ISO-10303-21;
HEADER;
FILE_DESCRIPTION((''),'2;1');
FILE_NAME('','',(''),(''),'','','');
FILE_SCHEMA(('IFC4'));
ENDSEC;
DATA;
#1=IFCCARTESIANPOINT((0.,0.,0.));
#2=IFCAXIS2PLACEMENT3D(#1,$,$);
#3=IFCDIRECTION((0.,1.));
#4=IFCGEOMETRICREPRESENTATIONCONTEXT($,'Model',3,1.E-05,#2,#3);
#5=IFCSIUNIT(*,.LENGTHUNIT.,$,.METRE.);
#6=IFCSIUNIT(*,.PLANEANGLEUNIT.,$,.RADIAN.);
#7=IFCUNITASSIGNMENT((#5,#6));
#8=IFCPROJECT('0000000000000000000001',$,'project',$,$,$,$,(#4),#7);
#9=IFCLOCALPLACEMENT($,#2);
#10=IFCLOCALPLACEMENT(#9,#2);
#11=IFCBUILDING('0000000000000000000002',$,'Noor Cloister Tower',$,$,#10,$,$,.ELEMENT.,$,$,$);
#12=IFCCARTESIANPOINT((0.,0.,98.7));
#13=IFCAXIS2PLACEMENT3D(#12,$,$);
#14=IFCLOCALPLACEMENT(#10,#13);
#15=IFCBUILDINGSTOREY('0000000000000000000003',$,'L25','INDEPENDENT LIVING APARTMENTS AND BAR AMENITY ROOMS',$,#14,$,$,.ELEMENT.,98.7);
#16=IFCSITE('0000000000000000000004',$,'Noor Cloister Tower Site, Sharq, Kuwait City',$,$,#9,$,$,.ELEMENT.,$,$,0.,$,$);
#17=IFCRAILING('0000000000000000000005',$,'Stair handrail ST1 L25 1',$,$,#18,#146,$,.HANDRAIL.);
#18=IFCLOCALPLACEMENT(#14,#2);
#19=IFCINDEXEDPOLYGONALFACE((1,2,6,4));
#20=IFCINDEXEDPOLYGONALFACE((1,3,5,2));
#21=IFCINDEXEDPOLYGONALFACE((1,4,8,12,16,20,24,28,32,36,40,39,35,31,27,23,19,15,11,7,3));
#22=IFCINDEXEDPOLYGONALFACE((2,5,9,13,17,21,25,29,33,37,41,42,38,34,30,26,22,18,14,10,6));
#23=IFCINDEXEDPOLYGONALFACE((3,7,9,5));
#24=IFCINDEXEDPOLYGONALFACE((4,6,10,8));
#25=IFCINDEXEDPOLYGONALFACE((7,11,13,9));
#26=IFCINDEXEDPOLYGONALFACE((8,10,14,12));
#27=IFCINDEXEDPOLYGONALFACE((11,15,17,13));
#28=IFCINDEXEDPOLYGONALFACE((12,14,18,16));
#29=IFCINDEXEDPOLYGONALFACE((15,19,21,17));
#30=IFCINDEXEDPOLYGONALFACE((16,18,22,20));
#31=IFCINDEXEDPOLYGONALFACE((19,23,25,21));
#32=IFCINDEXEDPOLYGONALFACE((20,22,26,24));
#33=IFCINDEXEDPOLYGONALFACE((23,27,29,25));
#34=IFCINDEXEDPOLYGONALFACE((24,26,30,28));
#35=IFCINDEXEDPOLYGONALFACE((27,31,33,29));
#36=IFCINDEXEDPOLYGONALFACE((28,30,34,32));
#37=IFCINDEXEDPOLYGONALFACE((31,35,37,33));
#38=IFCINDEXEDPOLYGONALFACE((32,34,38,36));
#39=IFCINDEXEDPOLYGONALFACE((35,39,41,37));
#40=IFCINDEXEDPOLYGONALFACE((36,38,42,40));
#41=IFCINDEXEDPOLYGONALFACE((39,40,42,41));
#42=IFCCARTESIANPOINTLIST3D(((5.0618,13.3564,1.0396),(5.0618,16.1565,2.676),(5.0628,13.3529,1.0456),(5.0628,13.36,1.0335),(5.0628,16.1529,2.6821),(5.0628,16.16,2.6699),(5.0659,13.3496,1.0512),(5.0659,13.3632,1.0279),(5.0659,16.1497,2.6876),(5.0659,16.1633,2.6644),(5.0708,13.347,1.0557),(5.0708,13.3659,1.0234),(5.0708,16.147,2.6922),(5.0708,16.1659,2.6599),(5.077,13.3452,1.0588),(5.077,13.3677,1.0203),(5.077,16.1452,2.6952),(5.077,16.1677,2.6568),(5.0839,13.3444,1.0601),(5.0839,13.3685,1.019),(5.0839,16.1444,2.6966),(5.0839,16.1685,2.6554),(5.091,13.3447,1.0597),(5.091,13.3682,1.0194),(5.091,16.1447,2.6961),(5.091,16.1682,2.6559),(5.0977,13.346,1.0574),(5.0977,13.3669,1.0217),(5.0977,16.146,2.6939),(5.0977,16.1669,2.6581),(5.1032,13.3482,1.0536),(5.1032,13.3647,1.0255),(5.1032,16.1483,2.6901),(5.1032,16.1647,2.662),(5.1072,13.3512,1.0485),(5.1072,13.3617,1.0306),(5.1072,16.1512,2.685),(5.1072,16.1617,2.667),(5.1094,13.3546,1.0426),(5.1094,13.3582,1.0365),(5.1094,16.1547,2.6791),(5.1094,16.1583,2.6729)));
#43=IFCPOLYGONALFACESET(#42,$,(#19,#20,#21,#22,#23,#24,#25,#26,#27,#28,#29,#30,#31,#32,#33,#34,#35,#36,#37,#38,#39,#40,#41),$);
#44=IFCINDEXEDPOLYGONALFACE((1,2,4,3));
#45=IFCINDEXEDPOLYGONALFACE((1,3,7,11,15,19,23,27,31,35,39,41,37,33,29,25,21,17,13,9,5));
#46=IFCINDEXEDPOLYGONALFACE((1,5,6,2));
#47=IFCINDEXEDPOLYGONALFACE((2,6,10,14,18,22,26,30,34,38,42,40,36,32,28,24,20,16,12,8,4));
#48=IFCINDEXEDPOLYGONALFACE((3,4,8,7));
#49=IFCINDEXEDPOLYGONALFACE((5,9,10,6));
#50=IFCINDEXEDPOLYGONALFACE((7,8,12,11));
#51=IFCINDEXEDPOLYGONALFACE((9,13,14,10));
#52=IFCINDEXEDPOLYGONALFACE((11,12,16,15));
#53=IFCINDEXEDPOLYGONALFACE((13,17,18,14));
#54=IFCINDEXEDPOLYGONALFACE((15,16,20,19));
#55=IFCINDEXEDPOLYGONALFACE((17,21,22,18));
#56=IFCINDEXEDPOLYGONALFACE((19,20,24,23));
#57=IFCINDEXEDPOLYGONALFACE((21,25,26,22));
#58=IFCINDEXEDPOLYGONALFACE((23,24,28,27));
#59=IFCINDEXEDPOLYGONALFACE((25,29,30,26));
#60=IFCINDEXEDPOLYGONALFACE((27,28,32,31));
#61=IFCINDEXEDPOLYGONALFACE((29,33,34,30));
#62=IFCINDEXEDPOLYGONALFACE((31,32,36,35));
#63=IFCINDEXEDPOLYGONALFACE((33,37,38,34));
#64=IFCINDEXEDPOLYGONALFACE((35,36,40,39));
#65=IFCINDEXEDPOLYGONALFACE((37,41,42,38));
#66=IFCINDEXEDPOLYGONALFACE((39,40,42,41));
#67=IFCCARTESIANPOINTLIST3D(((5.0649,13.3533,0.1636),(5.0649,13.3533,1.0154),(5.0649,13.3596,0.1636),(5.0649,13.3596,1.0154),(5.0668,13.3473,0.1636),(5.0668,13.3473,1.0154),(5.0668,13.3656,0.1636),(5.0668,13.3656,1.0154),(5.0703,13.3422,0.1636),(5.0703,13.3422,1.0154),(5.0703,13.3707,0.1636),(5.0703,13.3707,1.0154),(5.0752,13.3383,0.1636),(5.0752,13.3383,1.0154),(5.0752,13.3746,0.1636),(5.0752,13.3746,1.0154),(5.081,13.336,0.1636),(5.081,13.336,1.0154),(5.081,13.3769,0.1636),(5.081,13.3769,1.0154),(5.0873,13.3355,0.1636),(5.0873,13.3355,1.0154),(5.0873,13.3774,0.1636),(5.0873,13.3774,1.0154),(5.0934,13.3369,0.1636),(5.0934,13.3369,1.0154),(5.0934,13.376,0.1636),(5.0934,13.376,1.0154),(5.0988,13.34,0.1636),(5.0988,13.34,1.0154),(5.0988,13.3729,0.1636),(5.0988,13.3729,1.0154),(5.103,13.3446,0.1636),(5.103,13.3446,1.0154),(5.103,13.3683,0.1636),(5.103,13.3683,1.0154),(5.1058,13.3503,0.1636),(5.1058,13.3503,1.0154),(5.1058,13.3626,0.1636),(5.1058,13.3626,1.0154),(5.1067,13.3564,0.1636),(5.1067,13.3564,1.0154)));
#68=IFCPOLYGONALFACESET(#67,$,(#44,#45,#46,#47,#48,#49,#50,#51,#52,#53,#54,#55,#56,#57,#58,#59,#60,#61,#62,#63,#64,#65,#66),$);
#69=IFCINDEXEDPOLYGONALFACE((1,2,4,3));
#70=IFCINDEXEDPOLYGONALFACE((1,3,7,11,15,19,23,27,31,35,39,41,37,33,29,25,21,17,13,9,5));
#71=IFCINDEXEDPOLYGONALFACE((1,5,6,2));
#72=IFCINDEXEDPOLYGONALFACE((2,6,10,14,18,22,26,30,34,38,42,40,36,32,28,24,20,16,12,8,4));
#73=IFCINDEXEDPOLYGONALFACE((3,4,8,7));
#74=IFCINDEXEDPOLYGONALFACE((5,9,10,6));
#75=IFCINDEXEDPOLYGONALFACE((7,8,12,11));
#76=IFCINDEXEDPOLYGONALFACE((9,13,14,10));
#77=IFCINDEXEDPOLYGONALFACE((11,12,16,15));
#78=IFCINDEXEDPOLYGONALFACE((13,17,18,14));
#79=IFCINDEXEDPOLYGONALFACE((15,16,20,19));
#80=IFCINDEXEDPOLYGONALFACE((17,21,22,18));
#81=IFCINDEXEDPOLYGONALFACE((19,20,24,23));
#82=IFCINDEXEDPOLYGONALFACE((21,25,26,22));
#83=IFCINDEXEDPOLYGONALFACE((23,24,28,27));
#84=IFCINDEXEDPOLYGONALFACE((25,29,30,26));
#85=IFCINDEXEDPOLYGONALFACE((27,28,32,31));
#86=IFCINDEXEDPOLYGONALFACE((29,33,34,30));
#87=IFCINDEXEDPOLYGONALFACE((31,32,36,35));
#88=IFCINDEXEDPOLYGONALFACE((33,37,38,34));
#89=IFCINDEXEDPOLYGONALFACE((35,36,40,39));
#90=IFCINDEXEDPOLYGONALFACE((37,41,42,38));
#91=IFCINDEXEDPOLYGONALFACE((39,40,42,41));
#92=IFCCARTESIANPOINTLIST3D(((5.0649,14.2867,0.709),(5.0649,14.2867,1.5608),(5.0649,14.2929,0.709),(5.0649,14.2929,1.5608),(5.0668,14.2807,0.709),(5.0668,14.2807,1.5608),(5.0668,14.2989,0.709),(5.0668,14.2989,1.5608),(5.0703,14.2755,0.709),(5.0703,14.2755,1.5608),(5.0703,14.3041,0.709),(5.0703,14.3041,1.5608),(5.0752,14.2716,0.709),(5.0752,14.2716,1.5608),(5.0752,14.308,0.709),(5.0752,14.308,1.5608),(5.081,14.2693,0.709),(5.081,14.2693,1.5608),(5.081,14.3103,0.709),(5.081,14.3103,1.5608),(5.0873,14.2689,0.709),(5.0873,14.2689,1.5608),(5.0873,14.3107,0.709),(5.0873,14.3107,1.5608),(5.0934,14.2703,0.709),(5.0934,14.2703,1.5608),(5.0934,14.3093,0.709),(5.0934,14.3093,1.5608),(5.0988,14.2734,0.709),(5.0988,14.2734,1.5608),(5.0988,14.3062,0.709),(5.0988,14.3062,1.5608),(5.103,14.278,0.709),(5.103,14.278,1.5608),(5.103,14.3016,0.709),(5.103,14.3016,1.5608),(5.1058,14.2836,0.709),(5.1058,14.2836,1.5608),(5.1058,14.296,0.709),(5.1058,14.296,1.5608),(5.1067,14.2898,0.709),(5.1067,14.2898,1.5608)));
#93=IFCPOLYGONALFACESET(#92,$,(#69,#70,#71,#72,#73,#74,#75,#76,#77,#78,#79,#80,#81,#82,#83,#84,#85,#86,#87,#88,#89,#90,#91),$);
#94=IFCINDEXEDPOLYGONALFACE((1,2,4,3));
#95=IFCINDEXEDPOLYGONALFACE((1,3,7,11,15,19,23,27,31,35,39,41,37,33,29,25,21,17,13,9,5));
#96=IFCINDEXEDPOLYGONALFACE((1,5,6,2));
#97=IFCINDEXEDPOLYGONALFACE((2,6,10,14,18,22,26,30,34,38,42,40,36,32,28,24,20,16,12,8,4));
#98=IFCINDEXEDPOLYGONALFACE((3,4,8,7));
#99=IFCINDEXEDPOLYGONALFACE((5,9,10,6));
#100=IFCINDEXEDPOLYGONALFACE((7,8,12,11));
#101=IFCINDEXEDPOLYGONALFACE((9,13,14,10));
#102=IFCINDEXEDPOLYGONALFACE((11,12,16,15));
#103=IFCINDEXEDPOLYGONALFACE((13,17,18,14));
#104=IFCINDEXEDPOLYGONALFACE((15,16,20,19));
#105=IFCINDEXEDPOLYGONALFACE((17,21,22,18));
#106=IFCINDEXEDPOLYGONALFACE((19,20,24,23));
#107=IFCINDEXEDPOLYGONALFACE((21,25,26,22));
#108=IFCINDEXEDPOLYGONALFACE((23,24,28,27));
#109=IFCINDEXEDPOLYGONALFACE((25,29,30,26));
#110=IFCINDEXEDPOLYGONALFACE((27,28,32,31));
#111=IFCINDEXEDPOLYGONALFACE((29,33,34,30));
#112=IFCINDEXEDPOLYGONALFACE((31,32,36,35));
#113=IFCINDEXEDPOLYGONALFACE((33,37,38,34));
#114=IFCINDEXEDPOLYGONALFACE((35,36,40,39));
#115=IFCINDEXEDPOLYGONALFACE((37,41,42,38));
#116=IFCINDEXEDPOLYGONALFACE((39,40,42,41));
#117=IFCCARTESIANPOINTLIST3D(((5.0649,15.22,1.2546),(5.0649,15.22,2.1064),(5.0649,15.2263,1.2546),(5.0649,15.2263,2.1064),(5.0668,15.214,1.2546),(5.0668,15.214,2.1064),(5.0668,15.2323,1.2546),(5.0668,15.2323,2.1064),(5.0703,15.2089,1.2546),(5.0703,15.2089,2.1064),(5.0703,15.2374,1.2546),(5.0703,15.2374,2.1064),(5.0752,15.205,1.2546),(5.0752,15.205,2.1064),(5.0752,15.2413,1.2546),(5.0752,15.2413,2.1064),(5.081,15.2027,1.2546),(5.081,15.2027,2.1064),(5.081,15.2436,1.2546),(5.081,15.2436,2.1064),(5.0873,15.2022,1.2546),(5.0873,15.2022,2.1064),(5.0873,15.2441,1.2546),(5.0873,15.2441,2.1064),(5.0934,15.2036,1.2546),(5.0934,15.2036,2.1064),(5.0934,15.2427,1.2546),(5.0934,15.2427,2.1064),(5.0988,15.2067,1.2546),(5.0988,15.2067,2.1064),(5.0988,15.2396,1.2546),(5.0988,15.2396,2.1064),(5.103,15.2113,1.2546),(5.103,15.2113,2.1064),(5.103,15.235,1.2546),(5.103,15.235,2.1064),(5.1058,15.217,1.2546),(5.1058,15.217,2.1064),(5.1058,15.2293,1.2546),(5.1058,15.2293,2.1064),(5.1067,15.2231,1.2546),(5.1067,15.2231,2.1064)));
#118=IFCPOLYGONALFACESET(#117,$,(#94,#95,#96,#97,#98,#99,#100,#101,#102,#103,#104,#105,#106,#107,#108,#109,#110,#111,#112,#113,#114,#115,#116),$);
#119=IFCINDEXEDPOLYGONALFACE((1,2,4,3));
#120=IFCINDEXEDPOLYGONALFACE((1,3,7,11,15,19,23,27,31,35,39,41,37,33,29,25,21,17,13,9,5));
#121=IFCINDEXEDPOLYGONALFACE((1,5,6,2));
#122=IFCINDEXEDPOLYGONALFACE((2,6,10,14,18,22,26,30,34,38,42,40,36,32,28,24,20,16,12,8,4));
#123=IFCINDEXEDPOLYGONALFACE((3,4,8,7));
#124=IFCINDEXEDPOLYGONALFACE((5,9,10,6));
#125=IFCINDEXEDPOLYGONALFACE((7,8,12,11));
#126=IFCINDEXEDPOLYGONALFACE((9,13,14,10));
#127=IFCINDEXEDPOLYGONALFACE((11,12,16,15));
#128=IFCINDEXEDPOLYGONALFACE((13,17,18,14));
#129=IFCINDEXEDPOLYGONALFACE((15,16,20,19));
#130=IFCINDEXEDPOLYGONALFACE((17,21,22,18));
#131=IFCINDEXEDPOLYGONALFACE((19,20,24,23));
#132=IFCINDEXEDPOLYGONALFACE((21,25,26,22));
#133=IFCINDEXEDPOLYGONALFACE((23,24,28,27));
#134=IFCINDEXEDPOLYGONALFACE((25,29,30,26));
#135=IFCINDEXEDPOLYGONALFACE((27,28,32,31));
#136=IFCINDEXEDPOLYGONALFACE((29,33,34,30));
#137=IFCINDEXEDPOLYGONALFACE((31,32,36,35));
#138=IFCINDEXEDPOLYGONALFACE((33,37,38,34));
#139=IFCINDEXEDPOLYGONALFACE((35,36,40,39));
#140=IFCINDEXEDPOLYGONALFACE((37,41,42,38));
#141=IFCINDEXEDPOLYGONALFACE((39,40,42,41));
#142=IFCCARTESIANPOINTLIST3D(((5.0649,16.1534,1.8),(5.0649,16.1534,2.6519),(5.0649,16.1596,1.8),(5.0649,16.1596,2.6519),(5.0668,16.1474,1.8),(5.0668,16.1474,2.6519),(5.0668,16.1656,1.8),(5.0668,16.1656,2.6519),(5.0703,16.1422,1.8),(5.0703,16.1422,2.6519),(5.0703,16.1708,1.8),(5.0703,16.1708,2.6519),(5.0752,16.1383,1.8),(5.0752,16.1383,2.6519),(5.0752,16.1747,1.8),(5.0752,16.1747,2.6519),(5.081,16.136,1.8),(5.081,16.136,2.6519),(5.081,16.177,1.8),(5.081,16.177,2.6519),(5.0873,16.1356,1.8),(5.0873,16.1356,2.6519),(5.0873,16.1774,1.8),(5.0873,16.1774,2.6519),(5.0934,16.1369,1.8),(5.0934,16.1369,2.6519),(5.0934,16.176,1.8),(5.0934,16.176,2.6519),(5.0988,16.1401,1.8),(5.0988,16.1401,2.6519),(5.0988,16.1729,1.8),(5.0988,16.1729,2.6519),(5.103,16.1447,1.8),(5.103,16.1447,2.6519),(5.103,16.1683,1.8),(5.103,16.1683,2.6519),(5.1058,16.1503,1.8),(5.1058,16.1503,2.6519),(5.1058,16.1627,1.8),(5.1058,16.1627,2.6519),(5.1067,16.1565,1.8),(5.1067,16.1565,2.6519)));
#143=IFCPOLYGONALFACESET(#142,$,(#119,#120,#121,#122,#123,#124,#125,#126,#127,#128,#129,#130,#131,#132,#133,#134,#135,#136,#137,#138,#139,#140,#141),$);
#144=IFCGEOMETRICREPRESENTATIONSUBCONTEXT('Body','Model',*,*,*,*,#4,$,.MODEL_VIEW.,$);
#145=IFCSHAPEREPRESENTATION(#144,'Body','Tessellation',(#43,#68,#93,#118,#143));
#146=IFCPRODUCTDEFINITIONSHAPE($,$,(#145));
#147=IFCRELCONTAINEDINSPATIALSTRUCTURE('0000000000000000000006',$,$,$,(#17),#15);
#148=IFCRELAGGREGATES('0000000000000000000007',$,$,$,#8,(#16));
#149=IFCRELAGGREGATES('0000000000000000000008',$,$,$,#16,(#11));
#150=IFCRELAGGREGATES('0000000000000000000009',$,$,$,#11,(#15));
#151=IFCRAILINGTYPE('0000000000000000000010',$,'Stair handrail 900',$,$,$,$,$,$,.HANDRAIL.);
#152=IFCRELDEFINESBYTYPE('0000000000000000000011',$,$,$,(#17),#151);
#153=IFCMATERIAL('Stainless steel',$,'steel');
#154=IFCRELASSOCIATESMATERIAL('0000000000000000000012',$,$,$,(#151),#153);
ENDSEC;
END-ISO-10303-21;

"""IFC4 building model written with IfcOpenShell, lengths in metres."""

from ifc_helpers import new_model, si_unit, direction, frame, origin, origin_2d, place, context, subcontext, project, spatial, circle, extrude, material, type_object, element, save


model = new_model("IFC4")

# Units and contexts
model_context = context("Model", 3, precision=1e-05, world=origin(), true_north=direction((0.0, 1.0)))
body_context = subcontext(model_context, "Body", "Model", "MODEL_VIEW")
ifc_project = project(units=[si_unit("LENGTHUNIT", "METRE"), si_unit("PLANEANGLEUNIT", "RADIAN")], contexts=[model_context])

# Site, building, storey
site_placement = place(None, origin())
site = spatial("IfcSite", under=ifc_project, at=site_placement, Name="Noor Cloister Tower Site, Sharq, Kuwait City", CompositionType="ELEMENT", RefElevation=0.0)
building_placement = place(site_placement, origin())
building = spatial("IfcBuilding", under=site, at=building_placement, Name="Noor Cloister Tower", CompositionType="ELEMENT")
storey_placement = place(building_placement, frame((0.0, 0.0, 98.7)))
storey = spatial("IfcBuildingStorey", under=building, at=storey_placement, Name="L25", Description="INDEPENDENT LIVING APARTMENTS AND BAR AMENITY ROOMS", CompositionType="ELEMENT", Elevation=98.7)

# Railing
ifc_material_1 = material(Name="Stainless steel", Category="steel")
railing_type_1 = type_object("IfcRailingType", Name="Stair handrail 900", PredefinedType="HANDRAIL", material=ifc_material_1)
railing_1_placement = place(storey_placement, frame((5.0857, 13.3564, 0.1636)))
element("IfcRailing", 1, at=railing_1_placement, inside=storey, type_object=railing_type_1, Name="Stair handrail ST1 L25 1", PredefinedType="HANDRAIL", context=body_context, shape_type="SweptSolid", body=[
    extrude(circle(Radius=0.0239, at=origin_2d()), frame((0.0, 0.0, 0.876), z_axis=(0.0, 0.863361, 0.504587), x_axis=(-1.0, 0.0, 0.0)), (0.0, 0.0, 1.0), 3.2432),
    extrude(circle(Radius=0.021, at=origin_2d()), origin(), (0.0, 0.0, 1.0), 0.8518),
    extrude(circle(Radius=0.021, at=origin_2d()), frame((0.0, 0.9333, 0.5454)), (0.0, 0.0, 1.0), 0.8518),
    extrude(circle(Radius=0.021, at=origin_2d()), frame((0.0, 1.8667, 1.0911)), (0.0, 0.0, 1.0), 0.8518),
    extrude(circle(Radius=0.021, at=origin_2d()), frame((0.0, 2.8, 1.6365)), (0.0, 0.0, 1.0), 0.8518),
])

save(model, "model.ifc")
